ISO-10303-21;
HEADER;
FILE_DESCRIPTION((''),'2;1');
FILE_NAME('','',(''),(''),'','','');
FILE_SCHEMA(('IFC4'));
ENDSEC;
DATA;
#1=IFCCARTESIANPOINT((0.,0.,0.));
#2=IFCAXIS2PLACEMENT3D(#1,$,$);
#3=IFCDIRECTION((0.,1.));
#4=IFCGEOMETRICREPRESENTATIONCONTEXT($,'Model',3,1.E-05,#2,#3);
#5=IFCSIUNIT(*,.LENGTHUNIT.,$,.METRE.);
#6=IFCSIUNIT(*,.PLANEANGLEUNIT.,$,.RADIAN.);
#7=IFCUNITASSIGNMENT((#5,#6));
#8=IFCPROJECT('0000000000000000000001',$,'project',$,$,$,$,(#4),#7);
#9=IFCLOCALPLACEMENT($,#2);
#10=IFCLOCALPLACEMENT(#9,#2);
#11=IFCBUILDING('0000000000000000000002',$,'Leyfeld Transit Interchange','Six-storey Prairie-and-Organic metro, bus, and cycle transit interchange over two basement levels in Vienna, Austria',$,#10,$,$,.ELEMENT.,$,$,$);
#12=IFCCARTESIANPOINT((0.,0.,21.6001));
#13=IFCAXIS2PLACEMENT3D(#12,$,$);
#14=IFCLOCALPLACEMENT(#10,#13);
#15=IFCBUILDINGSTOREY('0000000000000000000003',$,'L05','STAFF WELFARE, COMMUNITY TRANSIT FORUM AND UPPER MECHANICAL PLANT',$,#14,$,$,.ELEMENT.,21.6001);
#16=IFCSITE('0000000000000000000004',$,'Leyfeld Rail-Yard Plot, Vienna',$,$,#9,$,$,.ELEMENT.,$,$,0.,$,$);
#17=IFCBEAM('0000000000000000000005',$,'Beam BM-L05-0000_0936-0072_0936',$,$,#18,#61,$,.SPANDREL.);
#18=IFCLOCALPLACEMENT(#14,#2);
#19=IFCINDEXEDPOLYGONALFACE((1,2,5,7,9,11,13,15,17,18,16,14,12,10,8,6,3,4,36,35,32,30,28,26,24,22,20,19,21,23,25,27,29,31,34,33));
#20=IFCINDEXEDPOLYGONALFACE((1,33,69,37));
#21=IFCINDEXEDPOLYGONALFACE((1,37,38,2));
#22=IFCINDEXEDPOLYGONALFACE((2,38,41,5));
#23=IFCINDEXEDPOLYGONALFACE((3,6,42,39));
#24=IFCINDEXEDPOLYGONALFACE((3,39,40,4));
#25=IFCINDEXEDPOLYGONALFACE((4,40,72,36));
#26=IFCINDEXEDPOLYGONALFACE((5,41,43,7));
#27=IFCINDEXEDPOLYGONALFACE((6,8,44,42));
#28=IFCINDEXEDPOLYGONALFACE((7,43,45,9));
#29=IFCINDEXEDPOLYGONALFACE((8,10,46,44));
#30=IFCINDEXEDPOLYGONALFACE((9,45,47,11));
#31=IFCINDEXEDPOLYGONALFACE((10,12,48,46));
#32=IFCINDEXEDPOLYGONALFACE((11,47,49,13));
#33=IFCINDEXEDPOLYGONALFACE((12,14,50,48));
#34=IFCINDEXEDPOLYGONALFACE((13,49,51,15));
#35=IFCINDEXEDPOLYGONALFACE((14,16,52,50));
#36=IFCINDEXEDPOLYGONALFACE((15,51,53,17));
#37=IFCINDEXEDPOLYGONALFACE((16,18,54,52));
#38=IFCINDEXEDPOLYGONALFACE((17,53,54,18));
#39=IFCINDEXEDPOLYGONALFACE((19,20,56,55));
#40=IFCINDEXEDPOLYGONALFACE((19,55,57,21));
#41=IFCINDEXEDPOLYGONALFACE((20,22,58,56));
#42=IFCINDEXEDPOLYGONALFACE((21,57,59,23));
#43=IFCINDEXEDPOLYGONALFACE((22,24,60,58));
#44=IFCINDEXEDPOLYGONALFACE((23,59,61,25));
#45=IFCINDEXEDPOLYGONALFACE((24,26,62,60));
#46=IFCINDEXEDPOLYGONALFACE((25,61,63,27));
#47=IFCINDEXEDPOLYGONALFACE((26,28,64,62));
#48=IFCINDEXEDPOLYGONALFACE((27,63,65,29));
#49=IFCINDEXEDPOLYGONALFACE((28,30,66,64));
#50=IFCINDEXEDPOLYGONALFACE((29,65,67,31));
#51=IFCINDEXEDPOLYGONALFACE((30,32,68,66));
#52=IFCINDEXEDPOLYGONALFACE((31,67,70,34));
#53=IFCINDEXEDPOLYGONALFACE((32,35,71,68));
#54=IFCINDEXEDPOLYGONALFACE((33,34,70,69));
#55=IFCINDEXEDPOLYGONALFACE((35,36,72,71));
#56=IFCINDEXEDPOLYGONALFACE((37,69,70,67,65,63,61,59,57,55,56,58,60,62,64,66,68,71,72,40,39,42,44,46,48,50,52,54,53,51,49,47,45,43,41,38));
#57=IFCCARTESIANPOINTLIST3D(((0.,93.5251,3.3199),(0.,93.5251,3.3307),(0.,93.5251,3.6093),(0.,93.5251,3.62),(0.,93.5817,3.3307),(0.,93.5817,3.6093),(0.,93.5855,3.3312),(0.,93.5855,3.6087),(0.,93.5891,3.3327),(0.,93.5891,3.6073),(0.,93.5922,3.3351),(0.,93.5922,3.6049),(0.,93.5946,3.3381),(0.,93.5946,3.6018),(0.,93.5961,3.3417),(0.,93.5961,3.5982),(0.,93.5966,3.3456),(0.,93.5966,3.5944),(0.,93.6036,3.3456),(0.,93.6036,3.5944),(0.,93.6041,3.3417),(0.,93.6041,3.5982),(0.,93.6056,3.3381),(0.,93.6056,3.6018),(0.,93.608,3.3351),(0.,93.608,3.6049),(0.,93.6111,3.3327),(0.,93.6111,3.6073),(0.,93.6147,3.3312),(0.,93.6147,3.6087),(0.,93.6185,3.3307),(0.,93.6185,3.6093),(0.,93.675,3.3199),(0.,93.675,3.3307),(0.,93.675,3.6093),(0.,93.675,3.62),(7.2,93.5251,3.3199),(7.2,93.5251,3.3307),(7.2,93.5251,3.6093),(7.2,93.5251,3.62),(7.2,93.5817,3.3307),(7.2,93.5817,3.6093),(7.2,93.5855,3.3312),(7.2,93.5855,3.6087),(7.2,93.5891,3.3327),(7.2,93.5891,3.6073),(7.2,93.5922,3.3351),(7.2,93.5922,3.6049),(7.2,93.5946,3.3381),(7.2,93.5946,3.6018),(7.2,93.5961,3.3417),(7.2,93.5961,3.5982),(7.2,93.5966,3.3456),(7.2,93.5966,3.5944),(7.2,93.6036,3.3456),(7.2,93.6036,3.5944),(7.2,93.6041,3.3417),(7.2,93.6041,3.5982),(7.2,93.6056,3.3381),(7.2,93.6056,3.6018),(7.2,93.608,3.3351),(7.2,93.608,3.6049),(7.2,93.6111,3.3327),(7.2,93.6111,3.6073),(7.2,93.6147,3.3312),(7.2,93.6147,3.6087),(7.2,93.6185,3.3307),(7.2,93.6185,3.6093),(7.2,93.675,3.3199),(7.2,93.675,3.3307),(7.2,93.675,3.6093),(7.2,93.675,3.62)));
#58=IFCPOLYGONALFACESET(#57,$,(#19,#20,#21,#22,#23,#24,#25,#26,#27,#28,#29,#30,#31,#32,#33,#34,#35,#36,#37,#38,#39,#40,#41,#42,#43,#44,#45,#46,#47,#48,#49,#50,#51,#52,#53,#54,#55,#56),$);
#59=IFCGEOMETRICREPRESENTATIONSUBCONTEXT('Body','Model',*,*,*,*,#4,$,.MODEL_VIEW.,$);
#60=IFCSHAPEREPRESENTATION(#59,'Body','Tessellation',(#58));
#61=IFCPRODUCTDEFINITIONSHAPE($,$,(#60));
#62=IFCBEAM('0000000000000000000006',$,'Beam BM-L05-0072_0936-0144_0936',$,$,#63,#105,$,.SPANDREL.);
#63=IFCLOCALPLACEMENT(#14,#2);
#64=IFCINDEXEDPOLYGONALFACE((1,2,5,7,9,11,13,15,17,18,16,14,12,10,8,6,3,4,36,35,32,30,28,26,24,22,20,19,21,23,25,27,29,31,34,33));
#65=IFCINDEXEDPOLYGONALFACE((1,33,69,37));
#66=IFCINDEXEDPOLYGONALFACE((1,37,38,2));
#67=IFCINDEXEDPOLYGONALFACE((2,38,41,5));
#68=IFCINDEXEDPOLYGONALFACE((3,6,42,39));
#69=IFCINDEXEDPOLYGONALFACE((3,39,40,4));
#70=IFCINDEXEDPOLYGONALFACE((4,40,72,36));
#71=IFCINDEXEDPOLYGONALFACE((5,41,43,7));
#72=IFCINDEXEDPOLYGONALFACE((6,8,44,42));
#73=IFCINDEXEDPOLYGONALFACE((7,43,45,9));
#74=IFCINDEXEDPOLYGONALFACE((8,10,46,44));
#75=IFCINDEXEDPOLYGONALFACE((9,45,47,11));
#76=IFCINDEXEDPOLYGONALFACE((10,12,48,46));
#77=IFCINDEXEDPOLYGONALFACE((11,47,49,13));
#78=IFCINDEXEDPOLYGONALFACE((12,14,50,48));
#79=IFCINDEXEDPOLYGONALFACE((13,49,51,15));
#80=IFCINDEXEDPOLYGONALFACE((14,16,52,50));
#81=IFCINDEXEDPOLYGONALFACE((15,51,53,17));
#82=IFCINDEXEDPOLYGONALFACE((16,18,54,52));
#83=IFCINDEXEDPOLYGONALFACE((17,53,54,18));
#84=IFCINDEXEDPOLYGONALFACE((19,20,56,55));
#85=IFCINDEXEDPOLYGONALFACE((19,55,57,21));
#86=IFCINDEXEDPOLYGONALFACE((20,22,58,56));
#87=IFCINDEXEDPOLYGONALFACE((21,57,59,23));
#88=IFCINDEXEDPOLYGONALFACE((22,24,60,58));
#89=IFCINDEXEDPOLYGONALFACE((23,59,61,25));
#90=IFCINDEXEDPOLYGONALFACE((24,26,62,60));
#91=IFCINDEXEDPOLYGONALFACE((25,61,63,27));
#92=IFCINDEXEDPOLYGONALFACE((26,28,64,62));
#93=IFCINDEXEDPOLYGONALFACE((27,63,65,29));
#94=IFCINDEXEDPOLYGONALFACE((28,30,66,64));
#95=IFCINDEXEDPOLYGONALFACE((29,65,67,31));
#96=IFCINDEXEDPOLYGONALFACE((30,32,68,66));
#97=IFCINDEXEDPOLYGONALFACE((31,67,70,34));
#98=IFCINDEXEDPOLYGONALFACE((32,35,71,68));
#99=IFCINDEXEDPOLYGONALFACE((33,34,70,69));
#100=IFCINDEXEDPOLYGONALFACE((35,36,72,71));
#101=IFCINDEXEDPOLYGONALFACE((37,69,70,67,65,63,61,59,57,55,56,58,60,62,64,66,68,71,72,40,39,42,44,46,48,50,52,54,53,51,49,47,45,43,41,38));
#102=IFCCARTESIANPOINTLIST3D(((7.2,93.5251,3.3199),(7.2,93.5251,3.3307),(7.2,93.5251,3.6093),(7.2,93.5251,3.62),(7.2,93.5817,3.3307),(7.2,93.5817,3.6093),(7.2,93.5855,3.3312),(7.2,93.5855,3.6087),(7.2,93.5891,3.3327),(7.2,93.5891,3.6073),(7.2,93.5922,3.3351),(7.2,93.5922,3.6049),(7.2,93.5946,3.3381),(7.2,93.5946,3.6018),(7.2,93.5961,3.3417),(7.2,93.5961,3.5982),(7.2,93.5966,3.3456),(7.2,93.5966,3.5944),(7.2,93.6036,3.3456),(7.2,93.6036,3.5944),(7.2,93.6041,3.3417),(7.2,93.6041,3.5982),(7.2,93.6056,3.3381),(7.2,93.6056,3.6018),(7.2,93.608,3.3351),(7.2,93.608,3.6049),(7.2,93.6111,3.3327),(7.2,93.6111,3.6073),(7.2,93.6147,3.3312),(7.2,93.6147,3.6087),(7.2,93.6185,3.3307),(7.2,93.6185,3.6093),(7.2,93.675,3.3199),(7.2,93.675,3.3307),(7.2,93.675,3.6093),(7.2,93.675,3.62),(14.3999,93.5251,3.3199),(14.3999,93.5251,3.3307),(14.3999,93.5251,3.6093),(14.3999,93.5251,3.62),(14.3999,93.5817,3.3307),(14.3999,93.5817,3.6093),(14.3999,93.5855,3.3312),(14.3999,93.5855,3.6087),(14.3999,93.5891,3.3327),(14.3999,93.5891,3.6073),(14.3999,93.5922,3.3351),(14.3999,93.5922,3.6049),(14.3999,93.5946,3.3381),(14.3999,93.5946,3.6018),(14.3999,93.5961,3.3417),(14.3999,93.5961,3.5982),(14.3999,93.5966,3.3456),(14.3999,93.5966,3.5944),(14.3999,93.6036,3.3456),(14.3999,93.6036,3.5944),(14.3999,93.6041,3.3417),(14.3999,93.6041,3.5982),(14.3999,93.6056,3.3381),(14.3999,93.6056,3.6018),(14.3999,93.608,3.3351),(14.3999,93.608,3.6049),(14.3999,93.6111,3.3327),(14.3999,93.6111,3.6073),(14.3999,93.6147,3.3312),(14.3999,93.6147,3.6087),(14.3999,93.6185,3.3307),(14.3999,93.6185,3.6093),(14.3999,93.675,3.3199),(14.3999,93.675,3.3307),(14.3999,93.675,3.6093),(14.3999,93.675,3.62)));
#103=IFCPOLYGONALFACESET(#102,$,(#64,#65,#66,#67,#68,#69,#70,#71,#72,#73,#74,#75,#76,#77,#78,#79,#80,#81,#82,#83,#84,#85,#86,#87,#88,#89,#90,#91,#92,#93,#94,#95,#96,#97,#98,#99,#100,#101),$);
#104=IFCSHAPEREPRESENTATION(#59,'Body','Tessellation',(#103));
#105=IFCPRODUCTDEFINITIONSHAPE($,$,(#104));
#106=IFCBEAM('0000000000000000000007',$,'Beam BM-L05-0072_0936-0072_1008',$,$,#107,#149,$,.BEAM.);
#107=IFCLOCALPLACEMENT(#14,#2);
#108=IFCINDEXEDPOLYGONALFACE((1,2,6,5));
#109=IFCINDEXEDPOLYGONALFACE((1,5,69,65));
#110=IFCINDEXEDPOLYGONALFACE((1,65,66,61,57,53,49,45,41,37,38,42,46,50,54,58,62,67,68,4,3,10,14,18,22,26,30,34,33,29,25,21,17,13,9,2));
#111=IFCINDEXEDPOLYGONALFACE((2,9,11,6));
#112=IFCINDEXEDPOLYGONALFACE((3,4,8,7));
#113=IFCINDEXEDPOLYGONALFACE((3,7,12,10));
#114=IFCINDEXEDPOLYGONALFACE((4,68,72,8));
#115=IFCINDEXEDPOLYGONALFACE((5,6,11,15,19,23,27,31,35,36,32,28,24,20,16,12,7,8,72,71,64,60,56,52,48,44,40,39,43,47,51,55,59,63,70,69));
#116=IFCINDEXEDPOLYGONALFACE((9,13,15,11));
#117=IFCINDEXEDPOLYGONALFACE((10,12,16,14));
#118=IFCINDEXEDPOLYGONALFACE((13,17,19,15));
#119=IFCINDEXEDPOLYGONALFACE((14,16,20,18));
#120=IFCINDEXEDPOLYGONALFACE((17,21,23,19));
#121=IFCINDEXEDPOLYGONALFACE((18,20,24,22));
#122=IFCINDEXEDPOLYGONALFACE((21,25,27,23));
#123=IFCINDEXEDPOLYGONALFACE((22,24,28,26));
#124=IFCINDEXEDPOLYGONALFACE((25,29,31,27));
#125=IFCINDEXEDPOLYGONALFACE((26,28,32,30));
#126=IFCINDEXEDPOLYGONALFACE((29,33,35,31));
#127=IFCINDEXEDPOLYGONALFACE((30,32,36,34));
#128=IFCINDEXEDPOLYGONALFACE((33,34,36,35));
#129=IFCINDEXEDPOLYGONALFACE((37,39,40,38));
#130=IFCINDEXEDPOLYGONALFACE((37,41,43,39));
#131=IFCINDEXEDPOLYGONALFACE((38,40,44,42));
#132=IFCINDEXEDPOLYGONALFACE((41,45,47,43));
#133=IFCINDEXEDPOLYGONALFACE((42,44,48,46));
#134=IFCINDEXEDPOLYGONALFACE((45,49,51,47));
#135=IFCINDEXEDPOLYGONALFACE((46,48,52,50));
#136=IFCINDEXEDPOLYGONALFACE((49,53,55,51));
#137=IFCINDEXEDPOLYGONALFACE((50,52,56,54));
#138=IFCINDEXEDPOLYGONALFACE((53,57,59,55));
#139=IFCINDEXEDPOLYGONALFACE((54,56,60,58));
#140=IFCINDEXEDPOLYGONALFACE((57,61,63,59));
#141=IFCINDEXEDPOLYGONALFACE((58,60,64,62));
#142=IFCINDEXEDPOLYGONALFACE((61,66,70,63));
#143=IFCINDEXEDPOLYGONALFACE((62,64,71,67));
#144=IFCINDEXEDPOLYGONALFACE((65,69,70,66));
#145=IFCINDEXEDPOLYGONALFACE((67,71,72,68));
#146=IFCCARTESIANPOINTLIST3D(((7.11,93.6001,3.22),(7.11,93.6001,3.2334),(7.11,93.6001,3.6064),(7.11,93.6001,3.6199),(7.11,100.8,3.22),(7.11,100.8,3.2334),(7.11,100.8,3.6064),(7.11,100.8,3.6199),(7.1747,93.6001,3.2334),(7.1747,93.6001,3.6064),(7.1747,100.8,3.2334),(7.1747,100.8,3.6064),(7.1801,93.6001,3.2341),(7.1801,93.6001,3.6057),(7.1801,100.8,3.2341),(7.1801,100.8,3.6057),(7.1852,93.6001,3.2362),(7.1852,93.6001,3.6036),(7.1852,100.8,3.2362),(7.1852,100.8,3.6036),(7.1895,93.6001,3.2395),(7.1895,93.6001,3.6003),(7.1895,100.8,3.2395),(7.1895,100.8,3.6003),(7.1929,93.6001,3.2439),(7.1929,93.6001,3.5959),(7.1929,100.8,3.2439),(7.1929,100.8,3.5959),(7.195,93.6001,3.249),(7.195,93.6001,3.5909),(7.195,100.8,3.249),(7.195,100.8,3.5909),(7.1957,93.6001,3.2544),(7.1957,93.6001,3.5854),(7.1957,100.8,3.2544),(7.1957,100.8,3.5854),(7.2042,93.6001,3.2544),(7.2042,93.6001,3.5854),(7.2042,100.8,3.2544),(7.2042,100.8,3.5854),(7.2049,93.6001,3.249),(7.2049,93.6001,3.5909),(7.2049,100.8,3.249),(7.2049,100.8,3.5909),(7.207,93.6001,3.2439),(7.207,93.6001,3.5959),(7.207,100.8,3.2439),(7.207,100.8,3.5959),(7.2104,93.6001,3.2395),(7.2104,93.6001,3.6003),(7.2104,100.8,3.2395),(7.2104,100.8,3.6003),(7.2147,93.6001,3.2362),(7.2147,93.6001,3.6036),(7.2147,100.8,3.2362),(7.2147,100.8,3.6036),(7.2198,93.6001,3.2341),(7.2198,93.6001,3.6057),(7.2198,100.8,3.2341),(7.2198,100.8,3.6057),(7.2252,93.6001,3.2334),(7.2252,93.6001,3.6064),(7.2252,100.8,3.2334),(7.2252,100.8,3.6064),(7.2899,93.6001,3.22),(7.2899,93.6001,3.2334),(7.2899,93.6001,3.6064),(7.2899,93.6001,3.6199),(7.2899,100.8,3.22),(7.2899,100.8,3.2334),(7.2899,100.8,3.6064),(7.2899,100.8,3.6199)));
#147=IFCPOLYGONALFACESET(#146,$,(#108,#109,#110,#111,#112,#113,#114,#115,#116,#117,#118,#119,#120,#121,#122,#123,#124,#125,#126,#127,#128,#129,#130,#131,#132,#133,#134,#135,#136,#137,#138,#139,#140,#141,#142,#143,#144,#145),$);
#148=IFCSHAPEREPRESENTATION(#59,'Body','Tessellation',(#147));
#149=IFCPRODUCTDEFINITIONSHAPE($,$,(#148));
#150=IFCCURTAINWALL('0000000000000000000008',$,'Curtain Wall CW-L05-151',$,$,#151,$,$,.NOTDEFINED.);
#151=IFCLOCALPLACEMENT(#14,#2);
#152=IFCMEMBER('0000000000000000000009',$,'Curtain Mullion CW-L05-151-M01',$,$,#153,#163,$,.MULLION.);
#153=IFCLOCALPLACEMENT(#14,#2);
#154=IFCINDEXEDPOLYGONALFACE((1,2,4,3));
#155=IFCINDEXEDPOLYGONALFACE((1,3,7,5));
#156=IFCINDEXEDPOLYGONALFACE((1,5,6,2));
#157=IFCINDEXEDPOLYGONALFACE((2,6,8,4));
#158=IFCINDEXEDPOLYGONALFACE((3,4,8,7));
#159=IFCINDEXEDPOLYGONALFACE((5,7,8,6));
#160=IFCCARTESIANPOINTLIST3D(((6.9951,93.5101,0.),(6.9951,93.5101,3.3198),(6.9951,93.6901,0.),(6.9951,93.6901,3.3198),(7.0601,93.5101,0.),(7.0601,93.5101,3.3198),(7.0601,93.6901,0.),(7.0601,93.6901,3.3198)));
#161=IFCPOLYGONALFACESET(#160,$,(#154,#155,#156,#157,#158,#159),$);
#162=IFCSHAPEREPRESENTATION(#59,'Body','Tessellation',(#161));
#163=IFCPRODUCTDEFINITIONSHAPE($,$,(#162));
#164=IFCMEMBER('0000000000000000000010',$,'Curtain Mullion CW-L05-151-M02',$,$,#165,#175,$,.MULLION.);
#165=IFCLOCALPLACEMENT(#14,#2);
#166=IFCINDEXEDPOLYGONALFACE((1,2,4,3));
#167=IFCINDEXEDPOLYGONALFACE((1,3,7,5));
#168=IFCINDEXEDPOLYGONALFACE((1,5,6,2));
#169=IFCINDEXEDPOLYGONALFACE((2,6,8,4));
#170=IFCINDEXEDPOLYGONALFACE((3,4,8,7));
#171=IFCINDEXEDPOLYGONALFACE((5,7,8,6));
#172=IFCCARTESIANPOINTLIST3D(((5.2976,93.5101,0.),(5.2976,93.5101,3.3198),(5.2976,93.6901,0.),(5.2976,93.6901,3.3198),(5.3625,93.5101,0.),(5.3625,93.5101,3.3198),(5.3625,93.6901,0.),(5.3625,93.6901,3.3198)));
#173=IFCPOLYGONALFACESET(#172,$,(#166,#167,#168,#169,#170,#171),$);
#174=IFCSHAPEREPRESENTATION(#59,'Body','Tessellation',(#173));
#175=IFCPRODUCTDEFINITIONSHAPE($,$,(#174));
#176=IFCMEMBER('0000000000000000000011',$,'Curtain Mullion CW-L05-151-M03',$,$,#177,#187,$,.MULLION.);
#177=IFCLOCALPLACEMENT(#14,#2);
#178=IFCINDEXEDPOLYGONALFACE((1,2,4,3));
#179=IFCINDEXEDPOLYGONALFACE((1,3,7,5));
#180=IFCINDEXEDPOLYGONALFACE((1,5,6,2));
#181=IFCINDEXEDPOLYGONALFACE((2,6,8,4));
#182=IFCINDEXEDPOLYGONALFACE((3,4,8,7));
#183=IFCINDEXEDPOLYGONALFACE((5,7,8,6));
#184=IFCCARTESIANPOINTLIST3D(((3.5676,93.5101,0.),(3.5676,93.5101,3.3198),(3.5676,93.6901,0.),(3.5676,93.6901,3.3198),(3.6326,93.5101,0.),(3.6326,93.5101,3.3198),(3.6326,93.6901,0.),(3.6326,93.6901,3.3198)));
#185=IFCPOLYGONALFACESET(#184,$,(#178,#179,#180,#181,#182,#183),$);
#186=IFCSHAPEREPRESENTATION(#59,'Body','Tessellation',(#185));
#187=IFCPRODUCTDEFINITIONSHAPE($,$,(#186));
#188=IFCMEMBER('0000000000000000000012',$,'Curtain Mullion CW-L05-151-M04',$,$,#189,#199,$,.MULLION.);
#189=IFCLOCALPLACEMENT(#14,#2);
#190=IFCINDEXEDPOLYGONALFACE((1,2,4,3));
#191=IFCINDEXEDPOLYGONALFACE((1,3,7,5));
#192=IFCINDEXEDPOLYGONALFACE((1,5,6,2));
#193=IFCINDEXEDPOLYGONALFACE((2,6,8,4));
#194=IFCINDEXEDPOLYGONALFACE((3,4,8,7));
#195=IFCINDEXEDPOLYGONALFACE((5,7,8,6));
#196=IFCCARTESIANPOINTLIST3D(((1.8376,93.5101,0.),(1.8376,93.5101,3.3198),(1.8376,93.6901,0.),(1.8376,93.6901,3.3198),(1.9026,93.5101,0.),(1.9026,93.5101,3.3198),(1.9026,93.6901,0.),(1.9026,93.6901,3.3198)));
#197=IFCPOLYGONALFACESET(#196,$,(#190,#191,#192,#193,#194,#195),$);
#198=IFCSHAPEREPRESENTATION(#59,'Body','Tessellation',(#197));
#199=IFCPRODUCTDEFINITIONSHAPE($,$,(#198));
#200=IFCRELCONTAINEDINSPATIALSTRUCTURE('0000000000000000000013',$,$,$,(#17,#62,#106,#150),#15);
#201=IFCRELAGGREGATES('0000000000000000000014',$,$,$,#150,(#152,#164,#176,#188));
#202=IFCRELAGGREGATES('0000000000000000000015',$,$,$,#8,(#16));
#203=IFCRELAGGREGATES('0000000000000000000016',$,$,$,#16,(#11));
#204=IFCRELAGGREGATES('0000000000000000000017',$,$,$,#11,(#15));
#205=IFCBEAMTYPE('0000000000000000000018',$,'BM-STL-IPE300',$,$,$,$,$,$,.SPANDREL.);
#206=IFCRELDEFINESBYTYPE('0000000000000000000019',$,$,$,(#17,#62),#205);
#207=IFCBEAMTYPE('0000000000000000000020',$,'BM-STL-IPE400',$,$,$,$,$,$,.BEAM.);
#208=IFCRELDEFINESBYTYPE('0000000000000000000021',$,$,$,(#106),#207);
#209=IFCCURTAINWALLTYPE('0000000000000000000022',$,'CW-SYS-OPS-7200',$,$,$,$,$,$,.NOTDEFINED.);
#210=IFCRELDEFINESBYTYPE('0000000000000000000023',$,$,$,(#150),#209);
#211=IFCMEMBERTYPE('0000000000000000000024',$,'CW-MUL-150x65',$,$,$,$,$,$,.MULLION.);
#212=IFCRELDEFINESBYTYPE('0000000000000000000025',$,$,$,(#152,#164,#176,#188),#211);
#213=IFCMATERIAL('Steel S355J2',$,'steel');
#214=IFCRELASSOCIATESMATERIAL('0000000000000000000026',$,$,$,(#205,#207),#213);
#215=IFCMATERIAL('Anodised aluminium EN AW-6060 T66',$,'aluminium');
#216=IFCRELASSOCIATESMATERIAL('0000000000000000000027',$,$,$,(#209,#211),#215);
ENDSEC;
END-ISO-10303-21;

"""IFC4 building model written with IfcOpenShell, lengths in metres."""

from ifc_helpers import new_model, si_unit, direction, frame, origin, origin_2d, place, context, subcontext, project, spatial, rectangle, i_section, extrude, material, material_profile, profile_set, type_object, element, aggregate, save


model = new_model("IFC4")

# Units and contexts
model_context = context("Model", 3, precision=1e-05, world=origin(), true_north=direction((0.0, 1.0)))
body_context = subcontext(model_context, "Body", "Model", "MODEL_VIEW")
ifc_project = project(units=[si_unit("LENGTHUNIT", "METRE"), si_unit("PLANEANGLEUNIT", "RADIAN")], contexts=[model_context])

# Site, building, storey
site_placement = place(None, origin())
site = spatial("IfcSite", under=ifc_project, at=site_placement, Name="Leyfeld Rail-Yard Plot, Vienna", CompositionType="ELEMENT", RefElevation=0.0)
building_placement = place(site_placement, origin())
building = spatial("IfcBuilding", under=site, at=building_placement, Name="Leyfeld Transit Interchange", Description="Six-storey Prairie-and-Organic metro, bus, and cycle transit interchange over two basement levels in Vienna, Austria", CompositionType="ELEMENT")
storey_placement = place(building_placement, frame((0.0, 0.0, 21.6001)))
storey = spatial("IfcBuildingStorey", under=building, at=storey_placement, Name="L05", Description="STAFF WELFARE, COMMUNITY TRANSIT FORUM AND UPPER MECHANICAL PLANT", CompositionType="ELEMENT", Elevation=21.6001)

# Shared definitions
ifc_material_1 = material(Name="Steel S355J2", Category="steel")

# Beams
ifc_material_profile_1 = material_profile(ifc_material_1, i_section(OverallWidth=0.1499, OverallDepth=0.3, WebThickness=0.0071, FlangeThickness=0.0107, FilletRadius=0.0149, at=origin_2d()), Name="IPE 300")
ifc_profile_set_1 = profile_set([ifc_material_profile_1], Name="Steel S355J2")
beam_type_1 = type_object("IfcBeamType", Name="BM-STL-IPE300", PredefinedType="SPANDREL", material=ifc_profile_set_1)
for number, where, z_axis, x_axis, name in (
    (1, (0.0, 93.6001, 3.47), (1.0, 0.0, 0.0), (0.0, 1.0, 0.0), "Beam BM-L05-0000_0936-0072_0936"),
    (2, (7.2, 93.6001, 3.47), (1.0, 0.0, 0.0), (0.0, 1.0, 0.0), "Beam BM-L05-0072_0936-0144_0936"),
):
    element("IfcBeam", number, at=place(storey_placement, frame(where, z_axis=z_axis, x_axis=x_axis)), inside=storey, type_object=beam_type_1, Name=name, PredefinedType="SPANDREL", context=body_context, shape_type="SweptSolid", body=[
        extrude(i_section(OverallWidth=0.1499, OverallDepth=0.3, WebThickness=0.0071, FlangeThickness=0.0107, FilletRadius=0.0149, at=origin_2d()), origin(), (0.0, 0.0, 1.0), 7.2),
    ])
ifc_material_profile_2 = material_profile(ifc_material_1, i_section(OverallWidth=0.1799, OverallDepth=0.3999, WebThickness=0.0085, FlangeThickness=0.0134, FilletRadius=0.021, at=origin_2d()), Name="IPE 400")
ifc_profile_set_2 = profile_set([ifc_material_profile_2], Name="Steel S355J2")
beam_type_2 = type_object("IfcBeamType", Name="BM-STL-IPE400", PredefinedType="BEAM", material=ifc_profile_set_2)
beam_placement = place(storey_placement, frame((7.2, 93.6001, 3.4199), z_axis=(0.0, 1.0, 0.0), x_axis=(-1.0, 0.0, 0.0)))
element("IfcBeam", 3, at=beam_placement, inside=storey, type_object=beam_type_2, Name="Beam BM-L05-0072_0936-0072_1008", PredefinedType="BEAM", context=body_context, shape_type="SweptSolid", body=[
    extrude(i_section(OverallWidth=0.1799, OverallDepth=0.3999, WebThickness=0.0085, FlangeThickness=0.0134, FilletRadius=0.021, at=origin_2d()), origin(), (0.0, 0.0, 1.0), 7.2),
])

# Curtain wall, members
ifc_material_2 = material(Name="Anodised aluminium EN AW-6060 T66", Category="aluminium")
curtain_wall_type = type_object("IfcCurtainWallType", Name="CW-SYS-OPS-7200", PredefinedType="NOTDEFINED", material=ifc_material_2)
curtain_wall_1_placement = place(storey_placement, origin())
curtain_wall_1 = element("IfcCurtainWall", 4, at=curtain_wall_1_placement, inside=storey, type_object=curtain_wall_type, Name="Curtain Wall CW-L05-151", PredefinedType="NOTDEFINED")
ifc_material_profile_3 = material_profile(ifc_material_2, rectangle(XDim=0.0649, YDim=0.1799, at=origin_2d()), Name="CW-M 65x180")
ifc_profile_set_3 = profile_set([ifc_material_profile_3], Name="Anodised aluminium EN AW-6060 T66")
member_type_1 = type_object("IfcMemberType", Name="CW-MUL-150x65", PredefinedType="MULLION", material=ifc_profile_set_3)
member_1_placement = place(storey_placement, frame((7.0276, 93.6001, 0.0), z_axis=(0.0, 0.0, 1.0), x_axis=(-1.0, 0.0, 0.0)))
member_1 = element("IfcMember", 5, at=member_1_placement, type_object=member_type_1, Name="Curtain Mullion CW-L05-151-M01", PredefinedType="MULLION", context=body_context, shape_type="SweptSolid", body=[
    extrude(rectangle(XDim=0.0649, YDim=0.1799, at=origin_2d()), origin(), (0.0, 0.0, 1.0), 3.3198),
])
member_2_placement = place(storey_placement, frame((5.3301, 93.6001, 0.0), z_axis=(0.0, 0.0, 1.0), x_axis=(-1.0, 0.0, 0.0)))
member_2 = element("IfcMember", 6, at=member_2_placement, type_object=member_type_1, Name="Curtain Mullion CW-L05-151-M02", PredefinedType="MULLION", context=body_context, shape_type="SweptSolid", body=[
    extrude(rectangle(XDim=0.0649, YDim=0.1799, at=origin_2d()), origin(), (0.0, 0.0, 1.0), 3.3198),
])
member_3_placement = place(storey_placement, frame((3.6001, 93.6001, 0.0), z_axis=(0.0, 0.0, 1.0), x_axis=(-1.0, 0.0, 0.0)))
member_3 = element("IfcMember", 7, at=member_3_placement, type_object=member_type_1, Name="Curtain Mullion CW-L05-151-M03", PredefinedType="MULLION", context=body_context, shape_type="SweptSolid", body=[
    extrude(rectangle(XDim=0.0649, YDim=0.1799, at=origin_2d()), origin(), (0.0, 0.0, 1.0), 3.3198),
])
member_4_placement = place(storey_placement, frame((1.8701, 93.6001, 0.0), z_axis=(0.0, 0.0, 1.0), x_axis=(-1.0, 0.0, 0.0)))
member_4 = element("IfcMember", 8, at=member_4_placement, type_object=member_type_1, Name="Curtain Mullion CW-L05-151-M04", PredefinedType="MULLION", context=body_context, shape_type="SweptSolid", body=[
    extrude(rectangle(XDim=0.0649, YDim=0.1799, at=origin_2d()), origin(), (0.0, 0.0, 1.0), 3.3198),
])

aggregate(curtain_wall_1, [member_1, member_2, member_3, member_4])

save(model, "model.ifc")
